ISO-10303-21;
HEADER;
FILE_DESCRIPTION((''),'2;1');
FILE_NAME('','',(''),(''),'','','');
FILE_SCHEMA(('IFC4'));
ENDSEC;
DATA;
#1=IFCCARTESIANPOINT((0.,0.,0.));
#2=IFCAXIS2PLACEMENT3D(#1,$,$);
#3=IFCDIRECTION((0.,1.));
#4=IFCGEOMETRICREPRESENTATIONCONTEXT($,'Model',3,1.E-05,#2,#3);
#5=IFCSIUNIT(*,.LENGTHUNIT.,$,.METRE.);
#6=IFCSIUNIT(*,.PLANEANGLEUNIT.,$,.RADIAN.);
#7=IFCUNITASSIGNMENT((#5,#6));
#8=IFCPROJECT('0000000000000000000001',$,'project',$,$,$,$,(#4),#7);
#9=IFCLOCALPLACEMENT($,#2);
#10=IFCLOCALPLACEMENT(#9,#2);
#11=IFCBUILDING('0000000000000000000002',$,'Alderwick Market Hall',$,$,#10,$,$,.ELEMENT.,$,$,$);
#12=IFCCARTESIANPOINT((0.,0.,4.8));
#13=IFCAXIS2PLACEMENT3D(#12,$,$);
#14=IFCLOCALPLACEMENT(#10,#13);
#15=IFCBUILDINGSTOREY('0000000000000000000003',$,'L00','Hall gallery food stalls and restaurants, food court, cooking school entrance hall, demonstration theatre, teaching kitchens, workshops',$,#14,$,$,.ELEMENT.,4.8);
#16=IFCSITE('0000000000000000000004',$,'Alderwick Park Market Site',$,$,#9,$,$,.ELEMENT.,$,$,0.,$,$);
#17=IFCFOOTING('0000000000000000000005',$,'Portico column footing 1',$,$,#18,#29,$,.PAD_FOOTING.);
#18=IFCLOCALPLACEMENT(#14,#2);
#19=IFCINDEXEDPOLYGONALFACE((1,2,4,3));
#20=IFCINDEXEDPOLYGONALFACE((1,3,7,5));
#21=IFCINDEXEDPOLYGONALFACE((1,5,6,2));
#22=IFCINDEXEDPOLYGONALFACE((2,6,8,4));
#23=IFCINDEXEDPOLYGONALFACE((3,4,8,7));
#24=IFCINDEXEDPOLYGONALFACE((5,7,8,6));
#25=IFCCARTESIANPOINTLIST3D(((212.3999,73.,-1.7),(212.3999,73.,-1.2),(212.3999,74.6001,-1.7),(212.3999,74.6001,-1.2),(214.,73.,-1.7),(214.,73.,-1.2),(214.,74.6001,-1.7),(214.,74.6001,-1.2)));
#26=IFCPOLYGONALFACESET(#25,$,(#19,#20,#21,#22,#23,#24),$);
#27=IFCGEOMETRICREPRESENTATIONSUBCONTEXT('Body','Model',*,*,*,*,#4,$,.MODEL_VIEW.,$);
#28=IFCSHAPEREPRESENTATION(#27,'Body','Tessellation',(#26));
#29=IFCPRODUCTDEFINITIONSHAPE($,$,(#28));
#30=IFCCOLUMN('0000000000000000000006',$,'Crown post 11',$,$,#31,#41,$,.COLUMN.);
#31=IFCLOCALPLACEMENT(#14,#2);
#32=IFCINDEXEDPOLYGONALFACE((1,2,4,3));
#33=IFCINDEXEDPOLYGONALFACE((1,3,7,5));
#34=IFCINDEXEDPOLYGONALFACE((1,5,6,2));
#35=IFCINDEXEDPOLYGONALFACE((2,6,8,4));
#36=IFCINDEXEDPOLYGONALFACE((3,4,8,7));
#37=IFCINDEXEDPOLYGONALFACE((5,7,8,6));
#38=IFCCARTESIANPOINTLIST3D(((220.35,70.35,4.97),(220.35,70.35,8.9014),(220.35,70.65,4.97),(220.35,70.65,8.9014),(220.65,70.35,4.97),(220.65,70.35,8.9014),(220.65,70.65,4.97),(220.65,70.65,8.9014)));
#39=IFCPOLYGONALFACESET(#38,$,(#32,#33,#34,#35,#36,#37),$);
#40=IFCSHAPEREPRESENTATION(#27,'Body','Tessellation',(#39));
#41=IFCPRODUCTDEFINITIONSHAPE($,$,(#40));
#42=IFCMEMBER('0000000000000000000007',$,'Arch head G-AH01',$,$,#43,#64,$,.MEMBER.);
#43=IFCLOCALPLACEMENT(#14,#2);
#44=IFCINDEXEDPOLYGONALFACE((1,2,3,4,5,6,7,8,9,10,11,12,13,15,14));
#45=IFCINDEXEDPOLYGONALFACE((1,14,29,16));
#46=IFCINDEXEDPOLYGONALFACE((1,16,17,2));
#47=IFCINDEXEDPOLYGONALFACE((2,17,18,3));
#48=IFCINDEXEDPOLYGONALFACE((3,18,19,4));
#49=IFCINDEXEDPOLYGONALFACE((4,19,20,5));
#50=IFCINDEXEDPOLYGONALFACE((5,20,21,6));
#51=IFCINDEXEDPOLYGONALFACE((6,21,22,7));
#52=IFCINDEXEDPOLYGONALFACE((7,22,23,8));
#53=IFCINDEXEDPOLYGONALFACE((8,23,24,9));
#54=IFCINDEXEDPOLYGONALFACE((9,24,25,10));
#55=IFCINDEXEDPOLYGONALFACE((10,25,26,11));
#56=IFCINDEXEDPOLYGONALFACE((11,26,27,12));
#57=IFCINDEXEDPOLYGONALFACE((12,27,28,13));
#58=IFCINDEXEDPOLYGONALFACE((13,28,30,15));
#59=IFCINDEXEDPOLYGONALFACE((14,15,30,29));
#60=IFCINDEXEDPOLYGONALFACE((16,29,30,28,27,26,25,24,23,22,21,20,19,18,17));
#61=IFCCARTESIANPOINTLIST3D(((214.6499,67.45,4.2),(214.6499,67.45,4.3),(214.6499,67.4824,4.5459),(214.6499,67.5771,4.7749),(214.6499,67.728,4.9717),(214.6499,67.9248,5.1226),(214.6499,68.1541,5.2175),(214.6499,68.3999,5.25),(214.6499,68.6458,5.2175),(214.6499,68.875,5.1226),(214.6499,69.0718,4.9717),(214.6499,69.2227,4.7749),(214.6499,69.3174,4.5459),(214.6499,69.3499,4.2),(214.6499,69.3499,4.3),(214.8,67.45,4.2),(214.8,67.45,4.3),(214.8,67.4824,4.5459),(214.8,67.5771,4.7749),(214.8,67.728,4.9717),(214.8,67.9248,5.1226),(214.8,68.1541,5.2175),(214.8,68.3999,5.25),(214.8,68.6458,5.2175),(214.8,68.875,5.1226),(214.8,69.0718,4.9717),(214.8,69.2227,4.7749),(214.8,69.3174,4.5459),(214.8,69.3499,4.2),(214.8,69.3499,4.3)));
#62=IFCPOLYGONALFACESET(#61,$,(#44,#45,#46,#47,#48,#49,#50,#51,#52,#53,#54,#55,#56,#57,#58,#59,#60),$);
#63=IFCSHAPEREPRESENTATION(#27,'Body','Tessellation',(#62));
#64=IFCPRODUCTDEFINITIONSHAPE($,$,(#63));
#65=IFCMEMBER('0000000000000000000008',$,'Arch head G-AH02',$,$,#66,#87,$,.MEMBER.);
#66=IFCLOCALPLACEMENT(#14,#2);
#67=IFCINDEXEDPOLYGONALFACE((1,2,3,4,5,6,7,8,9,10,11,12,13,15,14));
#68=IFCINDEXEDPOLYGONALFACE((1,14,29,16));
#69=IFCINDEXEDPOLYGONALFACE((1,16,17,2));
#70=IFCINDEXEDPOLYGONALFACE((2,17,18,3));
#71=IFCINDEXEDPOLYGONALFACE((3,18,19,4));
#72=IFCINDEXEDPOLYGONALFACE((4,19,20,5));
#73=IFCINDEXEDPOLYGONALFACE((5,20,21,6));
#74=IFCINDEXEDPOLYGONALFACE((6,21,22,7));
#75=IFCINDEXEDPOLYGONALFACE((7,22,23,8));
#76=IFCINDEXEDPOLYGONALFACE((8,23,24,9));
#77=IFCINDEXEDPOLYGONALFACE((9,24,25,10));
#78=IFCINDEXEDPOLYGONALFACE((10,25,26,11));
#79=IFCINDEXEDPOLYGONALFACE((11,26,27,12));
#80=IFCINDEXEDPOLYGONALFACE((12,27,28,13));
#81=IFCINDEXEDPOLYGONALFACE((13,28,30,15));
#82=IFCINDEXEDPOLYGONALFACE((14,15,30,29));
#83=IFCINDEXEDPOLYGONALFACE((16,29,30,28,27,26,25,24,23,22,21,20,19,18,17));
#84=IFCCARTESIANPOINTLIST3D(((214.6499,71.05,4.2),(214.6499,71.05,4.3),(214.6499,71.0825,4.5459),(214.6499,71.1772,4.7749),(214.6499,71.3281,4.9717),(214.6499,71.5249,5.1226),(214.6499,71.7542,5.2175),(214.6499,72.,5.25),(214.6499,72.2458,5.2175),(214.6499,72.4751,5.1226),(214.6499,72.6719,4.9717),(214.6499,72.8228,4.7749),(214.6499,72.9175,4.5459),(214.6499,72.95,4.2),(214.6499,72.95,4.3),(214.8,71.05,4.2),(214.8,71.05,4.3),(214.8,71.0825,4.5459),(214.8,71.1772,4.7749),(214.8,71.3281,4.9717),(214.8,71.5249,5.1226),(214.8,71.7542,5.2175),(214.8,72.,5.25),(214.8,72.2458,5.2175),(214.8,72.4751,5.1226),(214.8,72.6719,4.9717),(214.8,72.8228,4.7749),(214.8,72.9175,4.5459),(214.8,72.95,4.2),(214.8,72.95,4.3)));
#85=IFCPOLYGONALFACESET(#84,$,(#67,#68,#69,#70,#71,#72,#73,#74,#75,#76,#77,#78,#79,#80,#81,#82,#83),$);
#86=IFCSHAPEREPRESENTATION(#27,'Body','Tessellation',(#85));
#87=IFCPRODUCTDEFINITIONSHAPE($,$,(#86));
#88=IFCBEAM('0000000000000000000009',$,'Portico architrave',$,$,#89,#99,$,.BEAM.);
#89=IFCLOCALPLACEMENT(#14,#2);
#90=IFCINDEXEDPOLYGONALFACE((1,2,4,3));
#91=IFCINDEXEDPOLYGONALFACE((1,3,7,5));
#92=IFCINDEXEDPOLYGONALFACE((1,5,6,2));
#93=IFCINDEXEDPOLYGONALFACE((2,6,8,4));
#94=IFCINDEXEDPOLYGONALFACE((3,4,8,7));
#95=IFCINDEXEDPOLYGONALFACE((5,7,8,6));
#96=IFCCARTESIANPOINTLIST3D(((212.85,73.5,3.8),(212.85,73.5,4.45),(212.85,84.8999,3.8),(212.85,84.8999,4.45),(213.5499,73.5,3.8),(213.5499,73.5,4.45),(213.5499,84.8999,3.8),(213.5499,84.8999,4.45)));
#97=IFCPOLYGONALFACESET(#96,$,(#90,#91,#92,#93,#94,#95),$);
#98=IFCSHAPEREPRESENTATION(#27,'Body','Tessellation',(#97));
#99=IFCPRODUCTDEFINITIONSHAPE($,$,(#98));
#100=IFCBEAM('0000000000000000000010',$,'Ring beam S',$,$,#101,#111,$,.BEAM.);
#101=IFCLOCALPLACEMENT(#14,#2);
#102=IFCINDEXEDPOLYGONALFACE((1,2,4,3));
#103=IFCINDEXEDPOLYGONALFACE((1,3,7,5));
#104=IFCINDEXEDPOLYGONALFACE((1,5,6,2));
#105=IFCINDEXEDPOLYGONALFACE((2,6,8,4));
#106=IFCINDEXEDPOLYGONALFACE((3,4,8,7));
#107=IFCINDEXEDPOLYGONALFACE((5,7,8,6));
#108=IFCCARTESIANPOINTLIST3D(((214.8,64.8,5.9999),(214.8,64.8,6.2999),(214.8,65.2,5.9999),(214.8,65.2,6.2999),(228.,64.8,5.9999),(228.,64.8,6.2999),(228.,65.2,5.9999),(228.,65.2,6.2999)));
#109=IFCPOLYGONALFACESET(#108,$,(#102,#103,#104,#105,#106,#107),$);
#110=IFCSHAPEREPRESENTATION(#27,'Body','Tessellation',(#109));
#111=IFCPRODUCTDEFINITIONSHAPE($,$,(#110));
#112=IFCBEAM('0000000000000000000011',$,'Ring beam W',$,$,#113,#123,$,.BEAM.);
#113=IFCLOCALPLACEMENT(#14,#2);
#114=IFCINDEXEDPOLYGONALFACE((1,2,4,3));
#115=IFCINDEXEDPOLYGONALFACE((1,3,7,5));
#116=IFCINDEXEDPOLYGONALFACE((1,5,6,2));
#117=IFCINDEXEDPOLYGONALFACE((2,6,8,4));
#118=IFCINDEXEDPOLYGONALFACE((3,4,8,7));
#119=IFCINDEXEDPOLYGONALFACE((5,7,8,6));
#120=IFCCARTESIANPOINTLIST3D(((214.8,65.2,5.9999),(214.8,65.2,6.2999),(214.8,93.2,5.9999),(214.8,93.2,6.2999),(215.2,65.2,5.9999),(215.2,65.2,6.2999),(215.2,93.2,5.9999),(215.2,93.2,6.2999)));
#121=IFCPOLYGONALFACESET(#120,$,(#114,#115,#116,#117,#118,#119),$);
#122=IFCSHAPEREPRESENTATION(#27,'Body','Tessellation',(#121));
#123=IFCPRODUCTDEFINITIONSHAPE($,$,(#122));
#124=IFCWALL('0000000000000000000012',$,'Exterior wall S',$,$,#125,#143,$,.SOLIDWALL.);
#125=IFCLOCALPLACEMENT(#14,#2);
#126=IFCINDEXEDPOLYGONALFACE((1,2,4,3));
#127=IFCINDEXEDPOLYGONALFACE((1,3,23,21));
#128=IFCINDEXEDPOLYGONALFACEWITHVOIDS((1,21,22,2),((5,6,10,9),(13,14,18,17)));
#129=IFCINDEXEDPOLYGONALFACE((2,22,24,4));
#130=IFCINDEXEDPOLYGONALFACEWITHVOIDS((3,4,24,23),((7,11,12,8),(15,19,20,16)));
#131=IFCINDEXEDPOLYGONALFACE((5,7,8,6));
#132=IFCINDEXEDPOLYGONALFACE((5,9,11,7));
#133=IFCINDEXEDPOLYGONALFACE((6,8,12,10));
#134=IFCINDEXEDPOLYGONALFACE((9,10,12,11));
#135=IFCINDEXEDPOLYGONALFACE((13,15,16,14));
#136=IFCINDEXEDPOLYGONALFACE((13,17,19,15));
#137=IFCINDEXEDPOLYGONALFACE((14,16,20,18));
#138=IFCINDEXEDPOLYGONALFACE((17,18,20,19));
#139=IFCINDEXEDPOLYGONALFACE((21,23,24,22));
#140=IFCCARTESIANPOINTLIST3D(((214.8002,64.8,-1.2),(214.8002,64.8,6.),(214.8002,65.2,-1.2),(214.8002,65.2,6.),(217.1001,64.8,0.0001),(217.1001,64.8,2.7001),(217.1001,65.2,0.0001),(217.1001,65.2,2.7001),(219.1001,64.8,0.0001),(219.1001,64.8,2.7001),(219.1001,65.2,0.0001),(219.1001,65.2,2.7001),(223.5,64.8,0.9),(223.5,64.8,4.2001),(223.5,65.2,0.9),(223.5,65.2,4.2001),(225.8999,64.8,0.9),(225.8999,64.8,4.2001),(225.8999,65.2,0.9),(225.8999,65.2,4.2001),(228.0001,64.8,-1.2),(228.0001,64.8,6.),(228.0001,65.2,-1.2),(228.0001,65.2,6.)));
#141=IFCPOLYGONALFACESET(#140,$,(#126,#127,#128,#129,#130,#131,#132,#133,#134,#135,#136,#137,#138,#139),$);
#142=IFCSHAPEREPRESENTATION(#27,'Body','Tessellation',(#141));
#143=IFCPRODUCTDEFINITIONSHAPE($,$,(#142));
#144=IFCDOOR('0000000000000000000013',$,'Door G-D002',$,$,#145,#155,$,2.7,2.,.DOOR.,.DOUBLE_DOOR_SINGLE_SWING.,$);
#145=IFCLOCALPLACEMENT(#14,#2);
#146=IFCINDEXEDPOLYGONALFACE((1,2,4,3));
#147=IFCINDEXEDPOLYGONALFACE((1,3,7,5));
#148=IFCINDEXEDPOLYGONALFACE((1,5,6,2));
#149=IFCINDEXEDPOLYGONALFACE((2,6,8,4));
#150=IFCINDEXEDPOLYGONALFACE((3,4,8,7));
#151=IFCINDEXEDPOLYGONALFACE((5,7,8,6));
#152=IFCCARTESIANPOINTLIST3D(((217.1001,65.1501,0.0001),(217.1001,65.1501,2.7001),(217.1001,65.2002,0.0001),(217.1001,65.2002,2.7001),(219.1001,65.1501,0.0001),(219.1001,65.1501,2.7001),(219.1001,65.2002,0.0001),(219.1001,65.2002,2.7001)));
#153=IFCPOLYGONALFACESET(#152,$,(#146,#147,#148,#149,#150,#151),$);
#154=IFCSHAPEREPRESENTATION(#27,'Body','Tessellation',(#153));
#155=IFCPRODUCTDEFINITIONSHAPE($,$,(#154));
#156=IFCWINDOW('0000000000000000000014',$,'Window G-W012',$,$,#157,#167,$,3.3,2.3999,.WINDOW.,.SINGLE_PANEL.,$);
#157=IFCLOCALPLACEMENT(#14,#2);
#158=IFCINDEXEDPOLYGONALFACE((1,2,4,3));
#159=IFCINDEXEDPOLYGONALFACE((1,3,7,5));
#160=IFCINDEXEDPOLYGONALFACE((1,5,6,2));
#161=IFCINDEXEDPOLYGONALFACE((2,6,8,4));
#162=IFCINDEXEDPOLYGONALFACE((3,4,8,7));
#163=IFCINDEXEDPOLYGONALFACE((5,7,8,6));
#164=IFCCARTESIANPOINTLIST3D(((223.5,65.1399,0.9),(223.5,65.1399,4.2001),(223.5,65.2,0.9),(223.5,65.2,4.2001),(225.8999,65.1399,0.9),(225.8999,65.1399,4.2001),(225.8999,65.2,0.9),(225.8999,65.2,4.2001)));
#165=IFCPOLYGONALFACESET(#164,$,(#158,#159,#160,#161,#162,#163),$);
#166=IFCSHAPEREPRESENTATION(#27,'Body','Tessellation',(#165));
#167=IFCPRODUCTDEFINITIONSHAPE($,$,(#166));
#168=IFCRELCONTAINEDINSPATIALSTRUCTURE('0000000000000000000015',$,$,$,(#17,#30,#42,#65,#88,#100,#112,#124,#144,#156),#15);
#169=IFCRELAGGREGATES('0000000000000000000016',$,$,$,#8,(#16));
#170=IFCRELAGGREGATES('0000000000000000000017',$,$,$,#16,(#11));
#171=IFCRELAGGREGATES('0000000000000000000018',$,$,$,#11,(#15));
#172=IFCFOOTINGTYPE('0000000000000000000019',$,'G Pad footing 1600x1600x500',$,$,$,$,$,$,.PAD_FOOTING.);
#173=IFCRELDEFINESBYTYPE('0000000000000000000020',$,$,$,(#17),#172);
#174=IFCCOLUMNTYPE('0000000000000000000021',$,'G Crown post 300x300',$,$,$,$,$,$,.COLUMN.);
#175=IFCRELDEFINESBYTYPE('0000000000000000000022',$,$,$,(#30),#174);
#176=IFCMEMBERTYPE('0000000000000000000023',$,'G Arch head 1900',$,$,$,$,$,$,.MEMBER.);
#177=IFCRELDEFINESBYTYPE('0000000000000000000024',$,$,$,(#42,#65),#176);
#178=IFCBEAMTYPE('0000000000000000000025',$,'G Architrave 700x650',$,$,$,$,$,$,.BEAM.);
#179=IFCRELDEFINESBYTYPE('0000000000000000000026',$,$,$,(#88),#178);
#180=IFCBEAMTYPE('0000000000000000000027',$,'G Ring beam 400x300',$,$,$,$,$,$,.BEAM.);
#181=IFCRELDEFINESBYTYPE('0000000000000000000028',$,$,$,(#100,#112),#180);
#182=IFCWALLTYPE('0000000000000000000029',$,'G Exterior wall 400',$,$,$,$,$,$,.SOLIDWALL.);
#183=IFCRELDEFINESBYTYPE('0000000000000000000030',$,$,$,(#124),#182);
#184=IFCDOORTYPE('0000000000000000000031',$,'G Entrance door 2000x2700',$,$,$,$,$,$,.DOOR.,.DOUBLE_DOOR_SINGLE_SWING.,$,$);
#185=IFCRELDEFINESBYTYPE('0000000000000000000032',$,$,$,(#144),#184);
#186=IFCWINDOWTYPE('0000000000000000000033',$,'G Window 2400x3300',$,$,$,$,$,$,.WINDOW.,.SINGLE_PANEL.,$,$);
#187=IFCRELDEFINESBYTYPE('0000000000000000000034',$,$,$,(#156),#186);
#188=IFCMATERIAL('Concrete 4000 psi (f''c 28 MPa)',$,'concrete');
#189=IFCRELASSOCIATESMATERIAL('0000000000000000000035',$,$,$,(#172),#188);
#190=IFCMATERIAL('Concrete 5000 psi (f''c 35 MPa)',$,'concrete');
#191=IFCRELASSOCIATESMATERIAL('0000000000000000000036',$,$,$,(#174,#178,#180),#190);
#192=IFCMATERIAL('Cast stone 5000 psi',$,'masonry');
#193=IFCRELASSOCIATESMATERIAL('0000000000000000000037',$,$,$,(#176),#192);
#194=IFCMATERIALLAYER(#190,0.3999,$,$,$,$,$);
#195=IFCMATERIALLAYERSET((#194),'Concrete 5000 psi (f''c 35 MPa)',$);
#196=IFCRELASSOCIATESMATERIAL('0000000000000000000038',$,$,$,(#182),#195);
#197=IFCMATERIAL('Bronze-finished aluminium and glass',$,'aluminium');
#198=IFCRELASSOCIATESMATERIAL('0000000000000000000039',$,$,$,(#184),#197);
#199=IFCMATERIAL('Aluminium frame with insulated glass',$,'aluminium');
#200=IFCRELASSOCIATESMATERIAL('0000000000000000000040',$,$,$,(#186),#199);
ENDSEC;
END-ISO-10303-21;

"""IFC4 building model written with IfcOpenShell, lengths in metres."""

from ifc_helpers import new_model, si_unit, direction, frame, frame_2d, origin, origin_2d, place, context, subcontext, project, spatial, polyline, rectangle, outline, extrude, material, layer, layer_set, material_profile, profile_set, type_object, element, fill, save


model = new_model("IFC4")

# Units and contexts
model_context = context("Model", 3, precision=1e-05, world=origin(), true_north=direction((0.0, 1.0)))
body_context = subcontext(model_context, "Body", "Model", "MODEL_VIEW")
ifc_project = project(units=[si_unit("LENGTHUNIT", "METRE"), si_unit("PLANEANGLEUNIT", "RADIAN")], contexts=[model_context])

# Site, building, storey
site_placement = place(None, origin())
site = spatial("IfcSite", under=ifc_project, at=site_placement, Name="Alderwick Park Market Site", CompositionType="ELEMENT", RefElevation=0.0)
building_placement = place(site_placement, origin())
building = spatial("IfcBuilding", under=site, at=building_placement, Name="Alderwick Market Hall", CompositionType="ELEMENT")
storey_placement = place(building_placement, frame((0.0, 0.0, 4.8)))
storey = spatial("IfcBuildingStorey", under=building, at=storey_placement, Name="L00", Description="Hall gallery food stalls and restaurants, food court, cooking school entrance hall, demonstration theatre, teaching kitchens, workshops", CompositionType="ELEMENT", Elevation=4.8)

# Footing
ifc_material_1 = material(Name="Concrete 4000 psi (f'c 28 MPa)", Category="concrete")
footing_type = type_object("IfcFootingType", Name="G Pad footing 1600x1600x500", PredefinedType="PAD_FOOTING", material=ifc_material_1)
footing_placement = place(storey_placement, frame((213.2, 73.8, -1.7), z_axis=(0.0, 0.0, 1.0), x_axis=(1.0, 0.0, 0.0)))
element("IfcFooting", 1, at=footing_placement, inside=storey, type_object=footing_type, Name="Portico column footing 1", PredefinedType="PAD_FOOTING", context=body_context, shape_type="SweptSolid", body=[
    extrude(rectangle(XDim=1.6001, YDim=1.6001, at=origin_2d()), origin(), (0.0, 0.0, 1.0), 0.5),
])

# Column
ifc_material_2 = material(Name="Concrete 5000 psi (f'c 35 MPa)", Category="concrete")
ifc_material_profile_1 = material_profile(ifc_material_2, rectangle(XDim=0.3, YDim=0.3, at=origin_2d()), Name="RC 300x300")
ifc_profile_set_1 = profile_set([ifc_material_profile_1], Name="Concrete 5000 psi (f'c 35 MPa)")
column_type = type_object("IfcColumnType", Name="G Crown post 300x300", PredefinedType="COLUMN", material=ifc_profile_set_1)
column_placement = place(storey_placement, frame((220.5, 70.5, 4.97), z_axis=(0.0, 0.0, 1.0), x_axis=(1.0, 0.0, 0.0)))
element("IfcColumn", 2, at=column_placement, inside=storey, type_object=column_type, Name="Crown post 11", PredefinedType="COLUMN", context=body_context, shape_type="SweptSolid", body=[
    extrude(rectangle(XDim=0.3, YDim=0.3, at=origin_2d()), origin(), (0.0, 0.0, 1.0), 3.9314),
])

# Members
ifc_material_3 = material(Name="Cast stone 5000 psi", Category="masonry")
ifc_material_profile_2 = material_profile(ifc_material_3, outline(polyline([(-0.95, 0.0), (0.95, 0.0), (0.95, 0.1001), (0.9175, 0.3459), (0.8228, 0.575), (0.6719, 0.7717), (0.4751, 0.9226), (0.2458, 1.0176), (0.0, 1.05), (-0.2458, 1.0176), (-0.4751, 0.9226), (-0.6719, 0.7717), (-0.8228, 0.575), (-0.9175, 0.3459), (-0.95, 0.1001), (-0.95, 0.0)])), Name="Cast stone arch head 1900")
ifc_profile_set_2 = profile_set([ifc_material_profile_2], Name="Cast stone 5000 psi")
member_type = type_object("IfcMemberType", Name="G Arch head 1900", PredefinedType="MEMBER", material=ifc_profile_set_2)
for number, where, z_axis, x_axis, name in (
    (3, (214.6499, 68.3999, 4.2), (1.0, 0.0, 0.0), (0.0, 1.0, 0.0), "Arch head G-AH01"),
    (4, (214.6499, 72.0, 4.2), (1.0, 0.0, 0.0), (0.0, 1.0, 0.0), "Arch head G-AH02"),
):
    element("IfcMember", number, at=place(storey_placement, frame(where, z_axis=z_axis, x_axis=x_axis)), inside=storey, type_object=member_type, Name=name, PredefinedType="MEMBER", context=body_context, shape_type="SweptSolid", body=[
        extrude(outline(polyline([(-0.95, 0.0), (0.95, 0.0), (0.95, 0.1001), (0.9175, 0.3459), (0.8228, 0.575), (0.6719, 0.7717), (0.4751, 0.9226), (0.2458, 1.0176), (0.0, 1.05), (-0.2458, 1.0176), (-0.4751, 0.9226), (-0.6719, 0.7717), (-0.8228, 0.575), (-0.9175, 0.3459), (-0.95, 0.1001), (-0.95, 0.0)])), origin(), (0.0, 0.0, 1.0), 0.1501),
    ])

# Beams
ifc_material_profile_3 = material_profile(ifc_material_2, rectangle(XDim=0.7, YDim=0.6499, at=origin_2d()), Name="RC 700x650")
ifc_profile_set_3 = profile_set([ifc_material_profile_3], Name="Concrete 5000 psi (f'c 35 MPa)")
beam_type_1 = type_object("IfcBeamType", Name="G Architrave 700x650", PredefinedType="BEAM", material=ifc_profile_set_3)
beam_1_placement = place(storey_placement, frame((213.2, 73.5, 4.125), z_axis=(0.0, 1.0, 0.0), x_axis=(-1.0, 0.0, 0.0)))
element("IfcBeam", 5, at=beam_1_placement, inside=storey, type_object=beam_type_1, Name="Portico architrave", PredefinedType="BEAM", context=body_context, shape_type="SweptSolid", body=[
    extrude(rectangle(XDim=0.7, YDim=0.6499, at=origin_2d()), origin(), (0.0, 0.0, 1.0), 11.3999),
])
ifc_material_profile_4 = material_profile(ifc_material_2, rectangle(XDim=0.3999, YDim=0.3, at=origin_2d()), Name="RC 400x300")
ifc_profile_set_4 = profile_set([ifc_material_profile_4], Name="Concrete 5000 psi (f'c 35 MPa)")
beam_type_2 = type_object("IfcBeamType", Name="G Ring beam 400x300", PredefinedType="BEAM", material=ifc_profile_set_4)
beam_2_placement = place(storey_placement, frame((214.8, 65.0, 6.1499), z_axis=(1.0, 0.0, 0.0), x_axis=(0.0, 1.0, 0.0)))
element("IfcBeam", 6, at=beam_2_placement, inside=storey, type_object=beam_type_2, Name="Ring beam S", PredefinedType="BEAM", context=body_context, shape_type="SweptSolid", body=[
    extrude(rectangle(XDim=0.3999, YDim=0.3, at=origin_2d()), origin(), (0.0, 0.0, 1.0), 13.2),
])
beam_3_placement = place(storey_placement, frame((215.0, 65.2, 6.1499), z_axis=(0.0, 1.0, 0.0), x_axis=(-1.0, 0.0, 0.0)))
element("IfcBeam", 7, at=beam_3_placement, inside=storey, type_object=beam_type_2, Name="Ring beam W", PredefinedType="BEAM", context=body_context, shape_type="SweptSolid", body=[
    extrude(rectangle(XDim=0.3999, YDim=0.3, at=origin_2d()), origin(), (0.0, 0.0, 1.0), 28.0),
])

# Wall, openings, door, window
ifc_layer = layer(ifc_material_2, 0.3999)
ifc_layer_set = layer_set([ifc_layer], Name="Concrete 5000 psi (f'c 35 MPa)")
wall_type = type_object("IfcWallType", Name="G Exterior wall 400", PredefinedType="SOLIDWALL", material=ifc_layer_set)
wall_1_placement = place(storey_placement, frame((214.8, 65.0, -1.2), z_axis=(0.0, 0.0, 1.0), x_axis=(1.0, 0.0, 0.0)))
wall_1 = element("IfcWall", 8, at=wall_1_placement, inside=storey, type_object=wall_type, Name="Exterior wall S", PredefinedType="SOLIDWALL", context=body_context, shape_type="SweptSolid", body=[
    extrude(rectangle(XDim=13.2, YDim=0.3999, at=frame_2d((6.6001, 0.0))), origin(), (0.0, 0.0, 1.0), 7.2),
])
opening_1_placement = place(wall_1_placement, frame((2.3, 0.0, 1.2)))
opening_1 = element("IfcOpeningElement", 9, at=opening_1_placement, cuts=wall_1, PredefinedType="OPENING", context=body_context, shape_type="SweptSolid", body=[
    extrude(rectangle(XDim=2.0, YDim=2.7, at=frame_2d((1.0, 1.3501))), frame((0.0, 0.21, 0.0), z_axis=(0.0, -1.0, 0.0), x_axis=(1.0, 0.0, 0.0)), (0.0, 0.0, 1.0), 0.4199),
])
opening_2_placement = place(wall_1_placement, frame((8.7, 0.0, 2.1001)))
opening_2 = element("IfcOpeningElement", 10, at=opening_2_placement, cuts=wall_1, PredefinedType="OPENING", context=body_context, shape_type="SweptSolid", body=[
    extrude(rectangle(XDim=2.3999, YDim=3.3, at=frame_2d((1.2, 1.6499))), frame((0.0, 0.21, 0.0), z_axis=(0.0, -1.0, 0.0), x_axis=(1.0, 0.0, 0.0)), (0.0, 0.0, 1.0), 0.4199),
])
ifc_material_4 = material(Name="Bronze-finished aluminium and glass", Category="aluminium")
door_type_1 = type_object("IfcDoorType", Name="G Entrance door 2000x2700", OperationType="DOUBLE_DOOR_SINGLE_SWING", PredefinedType="DOOR", material=ifc_material_4)
door_1_placement = place(opening_1_placement, origin())
door_1 = element("IfcDoor", 11, at=door_1_placement, inside=storey, type_object=door_type_1, Name="Door G-D002", OperationType="DOUBLE_DOOR_SINGLE_SWING", OverallHeight=2.7, OverallWidth=2.0, PredefinedType="DOOR", context=body_context, shape_type="SweptSolid", body=[
    extrude(rectangle(XDim=2.0, YDim=2.7, at=frame_2d((1.0, 1.3501))), frame((0.0, 0.2002, 0.0), z_axis=(0.0, -1.0, 0.0), x_axis=(1.0, 0.0, 0.0)), (0.0, 0.0, 1.0), 0.05),
])
fill(opening_1, door_1)
ifc_material_5 = material(Name="Aluminium frame with insulated glass", Category="aluminium")
window_type_1 = type_object("IfcWindowType", Name="G Window 2400x3300", PartitioningType="SINGLE_PANEL", PredefinedType="WINDOW", material=ifc_material_5)
window_1_placement = place(opening_2_placement, origin())
window_1 = element("IfcWindow", 12, at=window_1_placement, inside=storey, type_object=window_type_1, Name="Window G-W012", OverallHeight=3.3, OverallWidth=2.3999, PartitioningType="SINGLE_PANEL", PredefinedType="WINDOW", context=body_context, shape_type="SweptSolid", body=[
    extrude(rectangle(XDim=2.3999, YDim=3.3, at=frame_2d((1.2, 1.6499))), frame((0.0, 0.2, 0.0), z_axis=(0.0, -1.0, 0.0), x_axis=(1.0, 0.0, 0.0)), (0.0, 0.0, 1.0), 0.0601),
])
fill(opening_2, window_1)

save(model, "model.ifc")
